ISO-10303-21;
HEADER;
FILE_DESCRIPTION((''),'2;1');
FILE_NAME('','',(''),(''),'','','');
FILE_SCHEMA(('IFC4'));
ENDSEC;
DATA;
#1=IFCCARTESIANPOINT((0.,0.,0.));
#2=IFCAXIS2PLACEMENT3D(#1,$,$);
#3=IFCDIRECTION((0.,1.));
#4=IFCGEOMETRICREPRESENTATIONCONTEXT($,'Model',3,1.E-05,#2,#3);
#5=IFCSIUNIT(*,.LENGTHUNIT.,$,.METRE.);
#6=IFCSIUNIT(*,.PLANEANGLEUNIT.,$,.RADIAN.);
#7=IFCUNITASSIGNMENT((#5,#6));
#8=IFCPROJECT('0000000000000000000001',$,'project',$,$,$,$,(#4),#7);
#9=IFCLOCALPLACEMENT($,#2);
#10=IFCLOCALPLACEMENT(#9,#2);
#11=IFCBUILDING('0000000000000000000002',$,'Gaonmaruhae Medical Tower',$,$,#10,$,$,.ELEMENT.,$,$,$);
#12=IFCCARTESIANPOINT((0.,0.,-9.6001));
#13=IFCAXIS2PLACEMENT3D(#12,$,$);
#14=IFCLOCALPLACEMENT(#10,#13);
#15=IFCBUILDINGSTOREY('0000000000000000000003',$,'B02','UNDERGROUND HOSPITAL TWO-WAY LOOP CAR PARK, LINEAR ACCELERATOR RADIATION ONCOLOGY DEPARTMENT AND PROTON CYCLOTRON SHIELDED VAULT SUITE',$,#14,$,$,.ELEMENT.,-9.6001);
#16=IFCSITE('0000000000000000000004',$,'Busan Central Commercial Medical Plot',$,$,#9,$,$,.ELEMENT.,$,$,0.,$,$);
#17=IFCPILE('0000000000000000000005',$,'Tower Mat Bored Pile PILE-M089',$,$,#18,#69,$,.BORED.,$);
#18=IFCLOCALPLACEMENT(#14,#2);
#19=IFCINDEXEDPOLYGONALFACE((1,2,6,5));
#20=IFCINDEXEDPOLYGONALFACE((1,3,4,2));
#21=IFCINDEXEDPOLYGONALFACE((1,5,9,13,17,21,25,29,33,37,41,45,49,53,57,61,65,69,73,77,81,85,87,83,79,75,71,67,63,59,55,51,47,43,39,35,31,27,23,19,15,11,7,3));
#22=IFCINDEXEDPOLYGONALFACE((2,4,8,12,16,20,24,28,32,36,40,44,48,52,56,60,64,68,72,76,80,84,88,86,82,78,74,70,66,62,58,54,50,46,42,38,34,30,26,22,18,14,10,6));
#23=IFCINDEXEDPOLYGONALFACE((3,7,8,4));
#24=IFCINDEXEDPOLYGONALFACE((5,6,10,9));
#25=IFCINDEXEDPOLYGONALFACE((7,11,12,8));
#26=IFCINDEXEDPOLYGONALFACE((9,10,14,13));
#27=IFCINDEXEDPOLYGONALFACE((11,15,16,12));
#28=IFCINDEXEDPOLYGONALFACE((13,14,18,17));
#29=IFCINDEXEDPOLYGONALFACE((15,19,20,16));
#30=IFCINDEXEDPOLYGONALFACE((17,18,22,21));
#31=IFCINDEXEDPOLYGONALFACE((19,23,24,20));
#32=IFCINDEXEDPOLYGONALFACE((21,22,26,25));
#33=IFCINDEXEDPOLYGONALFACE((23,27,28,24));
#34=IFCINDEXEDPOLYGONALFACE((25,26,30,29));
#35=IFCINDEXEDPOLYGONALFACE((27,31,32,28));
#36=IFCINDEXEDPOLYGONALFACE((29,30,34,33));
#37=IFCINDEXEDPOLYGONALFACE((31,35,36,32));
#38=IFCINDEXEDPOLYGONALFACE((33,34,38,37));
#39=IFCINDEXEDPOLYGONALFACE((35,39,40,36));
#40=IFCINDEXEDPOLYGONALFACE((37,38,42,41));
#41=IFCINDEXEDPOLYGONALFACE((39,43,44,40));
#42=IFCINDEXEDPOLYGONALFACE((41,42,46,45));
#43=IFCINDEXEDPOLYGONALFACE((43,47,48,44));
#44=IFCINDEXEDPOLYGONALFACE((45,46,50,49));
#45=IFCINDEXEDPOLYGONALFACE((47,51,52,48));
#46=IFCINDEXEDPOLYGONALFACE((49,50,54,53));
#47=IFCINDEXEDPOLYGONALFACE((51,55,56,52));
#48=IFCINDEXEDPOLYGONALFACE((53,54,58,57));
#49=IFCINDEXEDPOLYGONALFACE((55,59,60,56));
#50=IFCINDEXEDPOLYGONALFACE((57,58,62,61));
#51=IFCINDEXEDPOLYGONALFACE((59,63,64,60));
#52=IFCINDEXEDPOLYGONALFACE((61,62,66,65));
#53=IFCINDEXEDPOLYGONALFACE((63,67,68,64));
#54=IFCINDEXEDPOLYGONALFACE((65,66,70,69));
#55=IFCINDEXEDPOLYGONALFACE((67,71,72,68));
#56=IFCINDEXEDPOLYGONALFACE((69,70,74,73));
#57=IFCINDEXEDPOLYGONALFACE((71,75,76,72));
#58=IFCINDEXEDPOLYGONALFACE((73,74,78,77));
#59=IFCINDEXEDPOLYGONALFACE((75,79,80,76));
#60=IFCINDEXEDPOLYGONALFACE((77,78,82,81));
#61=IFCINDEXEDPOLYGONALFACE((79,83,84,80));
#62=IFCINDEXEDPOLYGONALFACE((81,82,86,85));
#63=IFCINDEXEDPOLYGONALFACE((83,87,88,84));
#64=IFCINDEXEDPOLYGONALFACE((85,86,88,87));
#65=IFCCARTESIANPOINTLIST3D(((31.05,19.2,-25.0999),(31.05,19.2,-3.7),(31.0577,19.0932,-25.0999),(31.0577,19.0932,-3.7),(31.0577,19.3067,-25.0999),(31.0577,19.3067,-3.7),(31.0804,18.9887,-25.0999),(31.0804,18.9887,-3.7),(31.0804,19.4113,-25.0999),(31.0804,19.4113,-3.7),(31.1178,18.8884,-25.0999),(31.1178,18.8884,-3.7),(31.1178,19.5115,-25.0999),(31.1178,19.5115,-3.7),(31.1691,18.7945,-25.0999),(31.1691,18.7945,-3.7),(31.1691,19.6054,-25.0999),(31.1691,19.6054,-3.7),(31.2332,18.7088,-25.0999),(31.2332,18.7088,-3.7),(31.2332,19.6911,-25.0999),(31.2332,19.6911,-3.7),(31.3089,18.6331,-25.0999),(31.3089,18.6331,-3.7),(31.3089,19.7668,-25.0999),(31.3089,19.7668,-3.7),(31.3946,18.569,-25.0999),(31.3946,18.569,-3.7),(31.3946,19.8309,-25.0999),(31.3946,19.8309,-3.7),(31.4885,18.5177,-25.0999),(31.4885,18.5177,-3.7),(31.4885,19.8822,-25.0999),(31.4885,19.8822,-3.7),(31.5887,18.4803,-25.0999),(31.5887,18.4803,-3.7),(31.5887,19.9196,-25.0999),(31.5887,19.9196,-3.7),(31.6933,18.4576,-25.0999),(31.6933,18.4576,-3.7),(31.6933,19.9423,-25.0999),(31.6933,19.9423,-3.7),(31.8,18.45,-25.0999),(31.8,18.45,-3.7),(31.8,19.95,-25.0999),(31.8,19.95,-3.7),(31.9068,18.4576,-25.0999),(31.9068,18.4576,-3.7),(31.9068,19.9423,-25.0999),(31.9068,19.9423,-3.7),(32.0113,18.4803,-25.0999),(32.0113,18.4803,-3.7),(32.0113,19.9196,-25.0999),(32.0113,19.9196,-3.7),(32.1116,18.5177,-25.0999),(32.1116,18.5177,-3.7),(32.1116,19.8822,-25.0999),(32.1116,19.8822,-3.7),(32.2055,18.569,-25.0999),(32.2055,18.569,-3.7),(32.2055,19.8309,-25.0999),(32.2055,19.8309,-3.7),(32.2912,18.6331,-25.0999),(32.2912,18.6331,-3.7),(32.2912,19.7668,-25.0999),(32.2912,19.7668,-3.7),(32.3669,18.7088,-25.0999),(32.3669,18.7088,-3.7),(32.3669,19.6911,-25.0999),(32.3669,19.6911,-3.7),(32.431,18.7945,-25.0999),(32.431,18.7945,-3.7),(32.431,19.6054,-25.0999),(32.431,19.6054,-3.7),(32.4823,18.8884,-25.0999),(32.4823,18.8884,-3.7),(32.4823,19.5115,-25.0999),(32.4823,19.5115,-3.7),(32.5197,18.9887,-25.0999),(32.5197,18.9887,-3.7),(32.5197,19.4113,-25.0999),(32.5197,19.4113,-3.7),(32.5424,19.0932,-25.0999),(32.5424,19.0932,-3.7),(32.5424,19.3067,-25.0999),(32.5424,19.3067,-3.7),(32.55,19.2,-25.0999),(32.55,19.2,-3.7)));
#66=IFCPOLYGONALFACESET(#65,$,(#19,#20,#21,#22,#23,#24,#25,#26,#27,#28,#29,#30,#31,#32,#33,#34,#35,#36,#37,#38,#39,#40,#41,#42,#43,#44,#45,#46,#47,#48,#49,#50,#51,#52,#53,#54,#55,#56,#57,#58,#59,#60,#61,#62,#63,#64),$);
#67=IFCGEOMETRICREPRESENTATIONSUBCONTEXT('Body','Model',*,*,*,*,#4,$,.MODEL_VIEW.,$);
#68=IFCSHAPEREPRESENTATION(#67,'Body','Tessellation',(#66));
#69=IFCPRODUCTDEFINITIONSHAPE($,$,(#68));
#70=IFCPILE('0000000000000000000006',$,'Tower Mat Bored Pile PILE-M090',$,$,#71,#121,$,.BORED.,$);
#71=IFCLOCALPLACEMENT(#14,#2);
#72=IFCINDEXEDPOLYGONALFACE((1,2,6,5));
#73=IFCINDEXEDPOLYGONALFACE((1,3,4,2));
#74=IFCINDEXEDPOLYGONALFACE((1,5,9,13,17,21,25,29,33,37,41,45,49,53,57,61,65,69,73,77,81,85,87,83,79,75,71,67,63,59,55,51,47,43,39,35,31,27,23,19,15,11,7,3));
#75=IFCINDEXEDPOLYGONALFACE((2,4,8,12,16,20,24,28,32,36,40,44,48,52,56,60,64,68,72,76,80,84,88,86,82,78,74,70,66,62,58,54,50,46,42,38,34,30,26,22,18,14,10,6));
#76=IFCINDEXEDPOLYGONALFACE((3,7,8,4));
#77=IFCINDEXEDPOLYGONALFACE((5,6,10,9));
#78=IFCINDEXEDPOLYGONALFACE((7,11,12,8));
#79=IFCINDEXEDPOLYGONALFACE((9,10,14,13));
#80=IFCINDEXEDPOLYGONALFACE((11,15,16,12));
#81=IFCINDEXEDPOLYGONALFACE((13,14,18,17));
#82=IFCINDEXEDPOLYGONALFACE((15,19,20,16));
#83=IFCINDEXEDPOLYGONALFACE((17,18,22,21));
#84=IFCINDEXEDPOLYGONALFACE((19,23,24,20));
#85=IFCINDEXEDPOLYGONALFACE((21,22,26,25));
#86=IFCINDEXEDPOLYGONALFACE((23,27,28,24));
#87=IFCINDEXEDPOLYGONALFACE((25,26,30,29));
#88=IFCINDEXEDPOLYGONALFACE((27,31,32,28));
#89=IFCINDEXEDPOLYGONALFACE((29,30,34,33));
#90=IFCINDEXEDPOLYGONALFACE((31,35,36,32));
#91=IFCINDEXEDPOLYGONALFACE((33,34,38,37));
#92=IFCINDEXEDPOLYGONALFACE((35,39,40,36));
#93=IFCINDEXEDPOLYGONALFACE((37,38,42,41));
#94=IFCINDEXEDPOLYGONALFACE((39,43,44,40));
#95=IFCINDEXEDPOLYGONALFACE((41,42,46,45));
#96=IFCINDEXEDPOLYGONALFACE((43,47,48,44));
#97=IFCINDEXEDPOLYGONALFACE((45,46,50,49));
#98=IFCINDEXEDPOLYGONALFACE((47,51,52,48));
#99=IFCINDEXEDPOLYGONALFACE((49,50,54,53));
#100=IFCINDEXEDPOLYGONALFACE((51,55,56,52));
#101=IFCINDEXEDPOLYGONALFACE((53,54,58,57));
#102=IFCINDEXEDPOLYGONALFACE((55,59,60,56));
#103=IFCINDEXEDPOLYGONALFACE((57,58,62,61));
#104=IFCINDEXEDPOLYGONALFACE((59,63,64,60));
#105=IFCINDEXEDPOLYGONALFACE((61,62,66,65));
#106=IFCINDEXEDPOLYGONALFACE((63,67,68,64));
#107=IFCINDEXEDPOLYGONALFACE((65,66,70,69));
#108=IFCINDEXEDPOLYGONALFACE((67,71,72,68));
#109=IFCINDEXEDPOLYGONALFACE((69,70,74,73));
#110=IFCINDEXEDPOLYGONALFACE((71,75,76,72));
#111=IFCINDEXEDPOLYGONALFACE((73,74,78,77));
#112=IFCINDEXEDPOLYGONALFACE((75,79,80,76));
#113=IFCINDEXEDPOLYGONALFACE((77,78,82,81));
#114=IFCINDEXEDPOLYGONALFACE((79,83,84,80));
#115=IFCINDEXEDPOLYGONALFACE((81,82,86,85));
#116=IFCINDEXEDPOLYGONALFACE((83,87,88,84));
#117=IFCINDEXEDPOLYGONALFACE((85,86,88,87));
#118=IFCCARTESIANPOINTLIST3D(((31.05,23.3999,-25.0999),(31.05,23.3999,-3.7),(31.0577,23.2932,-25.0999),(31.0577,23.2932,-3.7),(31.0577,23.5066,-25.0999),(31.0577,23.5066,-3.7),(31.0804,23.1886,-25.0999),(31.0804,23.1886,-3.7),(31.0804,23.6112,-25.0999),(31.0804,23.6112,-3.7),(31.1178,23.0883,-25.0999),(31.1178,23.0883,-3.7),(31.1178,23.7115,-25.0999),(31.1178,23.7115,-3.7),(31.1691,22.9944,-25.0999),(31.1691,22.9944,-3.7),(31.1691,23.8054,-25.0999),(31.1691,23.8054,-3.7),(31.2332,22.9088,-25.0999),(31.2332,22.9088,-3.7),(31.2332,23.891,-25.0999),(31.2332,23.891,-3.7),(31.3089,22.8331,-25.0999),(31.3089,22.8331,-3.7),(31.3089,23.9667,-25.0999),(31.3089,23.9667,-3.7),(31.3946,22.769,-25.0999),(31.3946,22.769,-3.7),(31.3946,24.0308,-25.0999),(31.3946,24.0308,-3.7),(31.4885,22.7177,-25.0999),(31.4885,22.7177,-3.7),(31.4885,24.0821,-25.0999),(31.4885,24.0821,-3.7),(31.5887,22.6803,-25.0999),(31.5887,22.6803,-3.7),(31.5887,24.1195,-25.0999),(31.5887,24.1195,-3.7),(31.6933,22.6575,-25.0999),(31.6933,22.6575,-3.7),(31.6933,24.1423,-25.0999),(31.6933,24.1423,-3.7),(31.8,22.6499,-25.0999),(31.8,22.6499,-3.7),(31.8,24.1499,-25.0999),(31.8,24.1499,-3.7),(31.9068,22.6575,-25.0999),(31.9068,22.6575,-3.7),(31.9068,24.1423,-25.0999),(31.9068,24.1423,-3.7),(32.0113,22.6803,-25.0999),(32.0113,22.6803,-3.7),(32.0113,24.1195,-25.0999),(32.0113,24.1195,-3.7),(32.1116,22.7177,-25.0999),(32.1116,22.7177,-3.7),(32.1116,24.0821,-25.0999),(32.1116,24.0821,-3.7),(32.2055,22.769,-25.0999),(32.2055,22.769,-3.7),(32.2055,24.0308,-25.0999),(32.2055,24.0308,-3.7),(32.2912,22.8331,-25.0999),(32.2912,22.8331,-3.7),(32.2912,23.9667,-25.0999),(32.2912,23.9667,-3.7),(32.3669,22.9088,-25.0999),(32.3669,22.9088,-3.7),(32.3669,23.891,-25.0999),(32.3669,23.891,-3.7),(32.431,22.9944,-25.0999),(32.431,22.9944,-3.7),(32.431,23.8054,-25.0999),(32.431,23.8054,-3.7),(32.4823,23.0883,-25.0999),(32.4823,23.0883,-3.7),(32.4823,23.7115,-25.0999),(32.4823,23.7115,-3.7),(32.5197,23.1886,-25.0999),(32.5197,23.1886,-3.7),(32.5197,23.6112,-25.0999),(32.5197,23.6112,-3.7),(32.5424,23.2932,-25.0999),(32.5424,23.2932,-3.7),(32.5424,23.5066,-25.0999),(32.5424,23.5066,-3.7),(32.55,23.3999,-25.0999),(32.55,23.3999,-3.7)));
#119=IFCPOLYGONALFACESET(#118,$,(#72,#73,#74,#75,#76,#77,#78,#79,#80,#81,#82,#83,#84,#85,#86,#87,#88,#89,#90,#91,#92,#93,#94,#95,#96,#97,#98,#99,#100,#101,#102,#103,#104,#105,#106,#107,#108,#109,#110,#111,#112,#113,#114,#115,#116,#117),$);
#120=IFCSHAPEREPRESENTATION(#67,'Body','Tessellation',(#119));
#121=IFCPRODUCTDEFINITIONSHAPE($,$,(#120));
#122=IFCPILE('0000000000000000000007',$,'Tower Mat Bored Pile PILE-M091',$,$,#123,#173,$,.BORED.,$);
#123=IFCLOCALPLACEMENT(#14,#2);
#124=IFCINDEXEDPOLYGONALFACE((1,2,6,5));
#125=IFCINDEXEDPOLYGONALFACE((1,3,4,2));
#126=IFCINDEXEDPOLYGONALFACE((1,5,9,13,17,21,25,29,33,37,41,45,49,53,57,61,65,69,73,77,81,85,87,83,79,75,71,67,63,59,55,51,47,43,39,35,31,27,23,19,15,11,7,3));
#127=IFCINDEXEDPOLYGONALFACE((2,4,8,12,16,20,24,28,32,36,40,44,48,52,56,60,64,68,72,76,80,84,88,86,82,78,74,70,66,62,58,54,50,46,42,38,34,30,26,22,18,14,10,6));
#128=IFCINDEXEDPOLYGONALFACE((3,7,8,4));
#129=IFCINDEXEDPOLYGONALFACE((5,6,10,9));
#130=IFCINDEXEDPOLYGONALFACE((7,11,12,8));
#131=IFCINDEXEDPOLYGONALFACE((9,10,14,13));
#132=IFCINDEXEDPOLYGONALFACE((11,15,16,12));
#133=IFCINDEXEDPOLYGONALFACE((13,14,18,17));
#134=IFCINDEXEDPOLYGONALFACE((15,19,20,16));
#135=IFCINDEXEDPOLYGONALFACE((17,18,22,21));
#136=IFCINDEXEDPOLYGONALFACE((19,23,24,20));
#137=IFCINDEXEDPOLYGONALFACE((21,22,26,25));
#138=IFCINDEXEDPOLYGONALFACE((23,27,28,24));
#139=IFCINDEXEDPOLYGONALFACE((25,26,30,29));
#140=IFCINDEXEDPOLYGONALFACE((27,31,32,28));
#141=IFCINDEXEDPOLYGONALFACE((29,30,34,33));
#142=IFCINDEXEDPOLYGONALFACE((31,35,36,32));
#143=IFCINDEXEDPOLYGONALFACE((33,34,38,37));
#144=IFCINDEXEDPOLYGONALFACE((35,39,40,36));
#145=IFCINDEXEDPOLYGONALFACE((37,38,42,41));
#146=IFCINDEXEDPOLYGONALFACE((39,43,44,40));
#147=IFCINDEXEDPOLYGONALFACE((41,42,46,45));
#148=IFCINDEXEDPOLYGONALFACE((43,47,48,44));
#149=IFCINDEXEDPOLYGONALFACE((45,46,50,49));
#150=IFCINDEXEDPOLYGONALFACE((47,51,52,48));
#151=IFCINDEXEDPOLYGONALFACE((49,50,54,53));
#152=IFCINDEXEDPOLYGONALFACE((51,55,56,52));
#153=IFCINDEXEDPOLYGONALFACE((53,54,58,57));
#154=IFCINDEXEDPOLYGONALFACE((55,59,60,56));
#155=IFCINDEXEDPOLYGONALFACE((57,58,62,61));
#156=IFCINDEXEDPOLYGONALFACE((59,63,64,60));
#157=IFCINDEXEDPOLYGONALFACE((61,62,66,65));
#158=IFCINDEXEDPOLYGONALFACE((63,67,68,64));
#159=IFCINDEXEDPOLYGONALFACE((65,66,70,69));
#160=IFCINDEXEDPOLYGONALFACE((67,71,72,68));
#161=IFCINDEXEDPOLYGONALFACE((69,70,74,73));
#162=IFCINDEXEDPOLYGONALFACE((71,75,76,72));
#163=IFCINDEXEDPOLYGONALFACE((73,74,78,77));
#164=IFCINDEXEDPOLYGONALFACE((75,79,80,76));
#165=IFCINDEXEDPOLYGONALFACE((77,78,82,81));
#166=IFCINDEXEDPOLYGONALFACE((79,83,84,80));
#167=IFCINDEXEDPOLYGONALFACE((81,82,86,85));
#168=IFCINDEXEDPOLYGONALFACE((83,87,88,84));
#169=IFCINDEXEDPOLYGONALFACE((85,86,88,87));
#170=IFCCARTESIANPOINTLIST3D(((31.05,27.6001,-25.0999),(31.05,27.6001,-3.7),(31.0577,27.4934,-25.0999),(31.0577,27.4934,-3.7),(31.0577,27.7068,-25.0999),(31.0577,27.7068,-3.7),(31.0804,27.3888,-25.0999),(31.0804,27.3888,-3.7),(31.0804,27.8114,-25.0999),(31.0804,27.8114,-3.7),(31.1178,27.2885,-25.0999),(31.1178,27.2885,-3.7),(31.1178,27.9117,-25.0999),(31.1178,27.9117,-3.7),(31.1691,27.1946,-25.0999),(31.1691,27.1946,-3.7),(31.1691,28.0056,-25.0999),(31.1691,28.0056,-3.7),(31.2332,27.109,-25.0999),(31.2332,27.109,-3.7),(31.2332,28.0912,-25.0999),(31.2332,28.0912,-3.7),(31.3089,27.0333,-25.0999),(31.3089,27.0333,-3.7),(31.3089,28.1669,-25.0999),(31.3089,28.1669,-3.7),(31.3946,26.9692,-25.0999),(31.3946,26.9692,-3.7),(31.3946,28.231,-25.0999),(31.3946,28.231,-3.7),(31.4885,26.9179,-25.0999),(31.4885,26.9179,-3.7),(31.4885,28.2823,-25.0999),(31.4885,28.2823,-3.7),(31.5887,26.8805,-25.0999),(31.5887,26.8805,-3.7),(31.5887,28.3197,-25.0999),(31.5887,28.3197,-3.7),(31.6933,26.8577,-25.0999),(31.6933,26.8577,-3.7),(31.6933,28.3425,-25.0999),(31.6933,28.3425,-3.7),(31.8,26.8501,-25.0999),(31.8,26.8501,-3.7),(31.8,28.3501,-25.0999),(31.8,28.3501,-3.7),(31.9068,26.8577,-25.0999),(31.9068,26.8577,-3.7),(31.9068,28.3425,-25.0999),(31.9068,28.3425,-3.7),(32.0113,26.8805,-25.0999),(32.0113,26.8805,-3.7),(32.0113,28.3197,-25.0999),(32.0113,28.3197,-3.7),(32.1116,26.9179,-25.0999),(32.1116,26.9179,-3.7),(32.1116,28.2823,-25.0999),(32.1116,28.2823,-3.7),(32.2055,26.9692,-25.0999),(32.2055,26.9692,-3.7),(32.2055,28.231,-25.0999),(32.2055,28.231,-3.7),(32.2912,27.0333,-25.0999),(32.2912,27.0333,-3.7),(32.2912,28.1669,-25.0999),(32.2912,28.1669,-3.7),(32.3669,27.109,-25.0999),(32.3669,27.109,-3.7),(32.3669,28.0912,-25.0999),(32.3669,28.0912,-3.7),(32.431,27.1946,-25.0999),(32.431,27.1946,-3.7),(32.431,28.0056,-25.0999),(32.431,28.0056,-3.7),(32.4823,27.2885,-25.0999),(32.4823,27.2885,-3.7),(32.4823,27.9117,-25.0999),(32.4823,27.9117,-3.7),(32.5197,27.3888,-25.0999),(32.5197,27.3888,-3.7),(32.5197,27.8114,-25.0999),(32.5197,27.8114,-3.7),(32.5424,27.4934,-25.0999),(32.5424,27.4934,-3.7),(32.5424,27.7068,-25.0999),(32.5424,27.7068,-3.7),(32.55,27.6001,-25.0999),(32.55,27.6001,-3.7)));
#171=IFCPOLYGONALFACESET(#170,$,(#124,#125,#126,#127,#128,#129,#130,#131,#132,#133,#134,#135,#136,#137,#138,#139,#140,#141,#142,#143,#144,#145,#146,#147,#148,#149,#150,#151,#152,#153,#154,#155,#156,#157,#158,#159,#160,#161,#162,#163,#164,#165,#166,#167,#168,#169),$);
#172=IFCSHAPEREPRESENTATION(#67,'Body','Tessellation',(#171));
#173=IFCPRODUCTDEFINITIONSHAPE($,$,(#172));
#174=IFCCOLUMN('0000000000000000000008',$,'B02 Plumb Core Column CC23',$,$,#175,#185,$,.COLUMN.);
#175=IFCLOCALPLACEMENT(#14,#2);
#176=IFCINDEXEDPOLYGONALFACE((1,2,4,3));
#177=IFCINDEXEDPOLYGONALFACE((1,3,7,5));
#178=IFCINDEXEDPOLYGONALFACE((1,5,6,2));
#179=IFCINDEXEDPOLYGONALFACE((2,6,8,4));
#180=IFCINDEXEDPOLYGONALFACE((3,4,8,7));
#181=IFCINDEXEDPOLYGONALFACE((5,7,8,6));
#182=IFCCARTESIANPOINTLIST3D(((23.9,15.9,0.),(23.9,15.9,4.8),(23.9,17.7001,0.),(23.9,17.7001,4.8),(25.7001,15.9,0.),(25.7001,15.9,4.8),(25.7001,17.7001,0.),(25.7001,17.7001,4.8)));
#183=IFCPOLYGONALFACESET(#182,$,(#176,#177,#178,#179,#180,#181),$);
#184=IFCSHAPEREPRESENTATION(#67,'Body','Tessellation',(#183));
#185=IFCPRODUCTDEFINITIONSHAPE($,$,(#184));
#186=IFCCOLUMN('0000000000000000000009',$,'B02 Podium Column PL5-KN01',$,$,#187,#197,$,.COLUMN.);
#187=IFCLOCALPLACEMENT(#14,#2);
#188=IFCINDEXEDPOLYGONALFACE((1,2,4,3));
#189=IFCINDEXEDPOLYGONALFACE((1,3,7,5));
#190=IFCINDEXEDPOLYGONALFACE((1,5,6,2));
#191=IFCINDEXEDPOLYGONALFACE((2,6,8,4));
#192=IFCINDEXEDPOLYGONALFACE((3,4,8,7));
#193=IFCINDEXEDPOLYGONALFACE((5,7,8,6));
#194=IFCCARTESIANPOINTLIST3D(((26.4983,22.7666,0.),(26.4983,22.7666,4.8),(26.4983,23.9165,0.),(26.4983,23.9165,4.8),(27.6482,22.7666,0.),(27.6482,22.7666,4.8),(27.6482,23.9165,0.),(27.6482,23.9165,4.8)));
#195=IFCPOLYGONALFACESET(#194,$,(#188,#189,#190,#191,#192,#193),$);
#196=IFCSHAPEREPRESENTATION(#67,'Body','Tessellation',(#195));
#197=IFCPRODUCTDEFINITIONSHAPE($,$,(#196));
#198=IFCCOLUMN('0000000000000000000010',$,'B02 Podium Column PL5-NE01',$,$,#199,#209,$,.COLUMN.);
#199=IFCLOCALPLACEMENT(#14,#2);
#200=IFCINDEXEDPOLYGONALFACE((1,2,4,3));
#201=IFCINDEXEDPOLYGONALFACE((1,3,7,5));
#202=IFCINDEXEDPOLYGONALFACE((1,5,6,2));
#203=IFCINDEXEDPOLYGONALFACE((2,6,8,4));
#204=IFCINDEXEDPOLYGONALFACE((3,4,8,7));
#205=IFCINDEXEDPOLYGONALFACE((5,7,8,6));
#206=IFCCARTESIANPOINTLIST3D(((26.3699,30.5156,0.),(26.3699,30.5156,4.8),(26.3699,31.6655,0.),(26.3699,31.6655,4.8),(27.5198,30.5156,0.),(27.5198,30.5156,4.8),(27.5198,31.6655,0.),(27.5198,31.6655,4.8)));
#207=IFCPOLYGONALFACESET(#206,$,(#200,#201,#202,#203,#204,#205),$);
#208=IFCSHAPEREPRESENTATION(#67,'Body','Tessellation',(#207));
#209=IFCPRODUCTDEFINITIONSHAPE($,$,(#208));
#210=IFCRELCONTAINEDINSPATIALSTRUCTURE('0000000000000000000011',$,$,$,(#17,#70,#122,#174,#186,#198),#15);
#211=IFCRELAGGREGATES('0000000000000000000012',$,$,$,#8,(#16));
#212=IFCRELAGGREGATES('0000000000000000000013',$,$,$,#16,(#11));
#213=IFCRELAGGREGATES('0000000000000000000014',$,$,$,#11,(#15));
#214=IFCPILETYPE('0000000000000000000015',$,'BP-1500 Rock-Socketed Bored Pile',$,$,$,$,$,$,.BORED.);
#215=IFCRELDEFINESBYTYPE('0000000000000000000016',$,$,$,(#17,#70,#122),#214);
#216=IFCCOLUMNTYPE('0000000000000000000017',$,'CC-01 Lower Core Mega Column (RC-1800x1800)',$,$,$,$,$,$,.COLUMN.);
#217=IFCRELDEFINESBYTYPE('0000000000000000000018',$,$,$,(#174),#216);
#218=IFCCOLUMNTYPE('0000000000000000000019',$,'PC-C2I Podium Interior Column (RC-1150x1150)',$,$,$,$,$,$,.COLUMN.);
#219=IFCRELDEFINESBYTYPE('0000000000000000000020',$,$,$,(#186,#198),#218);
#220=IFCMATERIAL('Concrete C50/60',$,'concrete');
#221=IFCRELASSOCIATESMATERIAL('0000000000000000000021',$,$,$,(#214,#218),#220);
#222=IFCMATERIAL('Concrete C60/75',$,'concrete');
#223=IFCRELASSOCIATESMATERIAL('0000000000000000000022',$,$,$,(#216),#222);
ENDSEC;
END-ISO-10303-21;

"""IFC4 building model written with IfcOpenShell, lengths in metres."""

from ifc_helpers import new_model, si_unit, direction, frame, origin, origin_2d, place, context, subcontext, project, spatial, rectangle, circle, extrude, material, material_profile, profile_set, type_object, element, save


model = new_model("IFC4")

# Units and contexts
model_context = context("Model", 3, precision=1e-05, world=origin(), true_north=direction((0.0, 1.0)))
body_context = subcontext(model_context, "Body", "Model", "MODEL_VIEW")
ifc_project = project(units=[si_unit("LENGTHUNIT", "METRE"), si_unit("PLANEANGLEUNIT", "RADIAN")], contexts=[model_context])

# Site, building, storey
site_placement = place(None, origin())
site = spatial("IfcSite", under=ifc_project, at=site_placement, Name="Busan Central Commercial Medical Plot", CompositionType="ELEMENT", RefElevation=0.0)
building_placement = place(site_placement, origin())
building = spatial("IfcBuilding", under=site, at=building_placement, Name="Gaonmaruhae Medical Tower", CompositionType="ELEMENT")
storey_placement = place(building_placement, frame((0.0, 0.0, -9.6001)))
storey = spatial("IfcBuildingStorey", under=building, at=storey_placement, Name="B02", Description="UNDERGROUND HOSPITAL TWO-WAY LOOP CAR PARK, LINEAR ACCELERATOR RADIATION ONCOLOGY DEPARTMENT AND PROTON CYCLOTRON SHIELDED VAULT SUITE", CompositionType="ELEMENT", Elevation=-9.6001)

# Piles
ifc_material_1 = material(Name="Concrete C50/60", Category="concrete")
ifc_material_profile_1 = material_profile(ifc_material_1, circle(Radius=0.75, at=origin_2d()), Name="PILE-D1500")
ifc_profile_set_1 = profile_set([ifc_material_profile_1], Name="Concrete C50/60")
pile_type = type_object("IfcPileType", Name="BP-1500 Rock-Socketed Bored Pile", PredefinedType="BORED", material=ifc_profile_set_1)
for number, where, z_axis, x_axis, name in (
    (1, (31.8, 19.2, -3.7), (0.0, 0.0, -1.0), (1.0, 0.0, 0.0), "Tower Mat Bored Pile PILE-M089"),
    (2, (31.8, 23.3999, -3.7), (0.0, 0.0, -1.0), (1.0, 0.0, 0.0), "Tower Mat Bored Pile PILE-M090"),
    (3, (31.8, 27.6001, -3.7), (0.0, 0.0, -1.0), (1.0, 0.0, 0.0), "Tower Mat Bored Pile PILE-M091"),
):
    element("IfcPile", number, at=place(storey_placement, frame(where, z_axis=z_axis, x_axis=x_axis)), inside=storey, type_object=pile_type, Name=name, PredefinedType="BORED", context=body_context, shape_type="SweptSolid", body=[
        extrude(circle(Radius=0.75, at=origin_2d()), origin(), (0.0, 0.0, 1.0), 21.3999),
    ])

# Columns
ifc_material_2 = material(Name="Concrete C60/75", Category="concrete")
ifc_material_profile_2 = material_profile(ifc_material_2, rectangle(XDim=1.8, YDim=1.8, at=origin_2d()), Name="RC-1800x1800")
ifc_profile_set_2 = profile_set([ifc_material_profile_2], Name="Concrete C60/75")
column_type_1 = type_object("IfcColumnType", Name="CC-01 Lower Core Mega Column (RC-1800x1800)", PredefinedType="COLUMN", material=ifc_profile_set_2)
column_placement = place(storey_placement, frame((24.8, 16.8, 0.0), z_axis=(0.0, 0.0, 1.0), x_axis=(1.0, 0.0, 0.0)))
element("IfcColumn", 4, at=column_placement, inside=storey, type_object=column_type_1, Name="B02 Plumb Core Column CC23", PredefinedType="COLUMN", context=body_context, shape_type="SweptSolid", body=[
    extrude(rectangle(XDim=1.8, YDim=1.8, at=origin_2d()), origin(), (0.0, 0.0, 1.0), 4.8),
])
ifc_material_profile_3 = material_profile(ifc_material_1, rectangle(XDim=1.1499, YDim=1.1499, at=origin_2d()), Name="RC-1150x1150")
ifc_profile_set_3 = profile_set([ifc_material_profile_3], Name="Concrete C50/60")
column_type_2 = type_object("IfcColumnType", Name="PC-C2I Podium Interior Column (RC-1150x1150)", PredefinedType="COLUMN", material=ifc_profile_set_3)
for number, where, z_axis, x_axis, name in (
    (5, (27.0732, 23.3416, 0.0), (0.0, 0.0, 1.0), (1.0, 0.0, 0.0), "B02 Podium Column PL5-KN01"),
    (6, (26.9448, 31.0906, 0.0), (0.0, 0.0, 1.0), (1.0, 0.0, 0.0), "B02 Podium Column PL5-NE01"),
):
    element("IfcColumn", number, at=place(storey_placement, frame(where, z_axis=z_axis, x_axis=x_axis)), inside=storey, type_object=column_type_2, Name=name, PredefinedType="COLUMN", context=body_context, shape_type="SweptSolid", body=[
        extrude(rectangle(XDim=1.1499, YDim=1.1499, at=origin_2d()), origin(), (0.0, 0.0, 1.0), 4.8),
    ])

save(model, "model.ifc")
